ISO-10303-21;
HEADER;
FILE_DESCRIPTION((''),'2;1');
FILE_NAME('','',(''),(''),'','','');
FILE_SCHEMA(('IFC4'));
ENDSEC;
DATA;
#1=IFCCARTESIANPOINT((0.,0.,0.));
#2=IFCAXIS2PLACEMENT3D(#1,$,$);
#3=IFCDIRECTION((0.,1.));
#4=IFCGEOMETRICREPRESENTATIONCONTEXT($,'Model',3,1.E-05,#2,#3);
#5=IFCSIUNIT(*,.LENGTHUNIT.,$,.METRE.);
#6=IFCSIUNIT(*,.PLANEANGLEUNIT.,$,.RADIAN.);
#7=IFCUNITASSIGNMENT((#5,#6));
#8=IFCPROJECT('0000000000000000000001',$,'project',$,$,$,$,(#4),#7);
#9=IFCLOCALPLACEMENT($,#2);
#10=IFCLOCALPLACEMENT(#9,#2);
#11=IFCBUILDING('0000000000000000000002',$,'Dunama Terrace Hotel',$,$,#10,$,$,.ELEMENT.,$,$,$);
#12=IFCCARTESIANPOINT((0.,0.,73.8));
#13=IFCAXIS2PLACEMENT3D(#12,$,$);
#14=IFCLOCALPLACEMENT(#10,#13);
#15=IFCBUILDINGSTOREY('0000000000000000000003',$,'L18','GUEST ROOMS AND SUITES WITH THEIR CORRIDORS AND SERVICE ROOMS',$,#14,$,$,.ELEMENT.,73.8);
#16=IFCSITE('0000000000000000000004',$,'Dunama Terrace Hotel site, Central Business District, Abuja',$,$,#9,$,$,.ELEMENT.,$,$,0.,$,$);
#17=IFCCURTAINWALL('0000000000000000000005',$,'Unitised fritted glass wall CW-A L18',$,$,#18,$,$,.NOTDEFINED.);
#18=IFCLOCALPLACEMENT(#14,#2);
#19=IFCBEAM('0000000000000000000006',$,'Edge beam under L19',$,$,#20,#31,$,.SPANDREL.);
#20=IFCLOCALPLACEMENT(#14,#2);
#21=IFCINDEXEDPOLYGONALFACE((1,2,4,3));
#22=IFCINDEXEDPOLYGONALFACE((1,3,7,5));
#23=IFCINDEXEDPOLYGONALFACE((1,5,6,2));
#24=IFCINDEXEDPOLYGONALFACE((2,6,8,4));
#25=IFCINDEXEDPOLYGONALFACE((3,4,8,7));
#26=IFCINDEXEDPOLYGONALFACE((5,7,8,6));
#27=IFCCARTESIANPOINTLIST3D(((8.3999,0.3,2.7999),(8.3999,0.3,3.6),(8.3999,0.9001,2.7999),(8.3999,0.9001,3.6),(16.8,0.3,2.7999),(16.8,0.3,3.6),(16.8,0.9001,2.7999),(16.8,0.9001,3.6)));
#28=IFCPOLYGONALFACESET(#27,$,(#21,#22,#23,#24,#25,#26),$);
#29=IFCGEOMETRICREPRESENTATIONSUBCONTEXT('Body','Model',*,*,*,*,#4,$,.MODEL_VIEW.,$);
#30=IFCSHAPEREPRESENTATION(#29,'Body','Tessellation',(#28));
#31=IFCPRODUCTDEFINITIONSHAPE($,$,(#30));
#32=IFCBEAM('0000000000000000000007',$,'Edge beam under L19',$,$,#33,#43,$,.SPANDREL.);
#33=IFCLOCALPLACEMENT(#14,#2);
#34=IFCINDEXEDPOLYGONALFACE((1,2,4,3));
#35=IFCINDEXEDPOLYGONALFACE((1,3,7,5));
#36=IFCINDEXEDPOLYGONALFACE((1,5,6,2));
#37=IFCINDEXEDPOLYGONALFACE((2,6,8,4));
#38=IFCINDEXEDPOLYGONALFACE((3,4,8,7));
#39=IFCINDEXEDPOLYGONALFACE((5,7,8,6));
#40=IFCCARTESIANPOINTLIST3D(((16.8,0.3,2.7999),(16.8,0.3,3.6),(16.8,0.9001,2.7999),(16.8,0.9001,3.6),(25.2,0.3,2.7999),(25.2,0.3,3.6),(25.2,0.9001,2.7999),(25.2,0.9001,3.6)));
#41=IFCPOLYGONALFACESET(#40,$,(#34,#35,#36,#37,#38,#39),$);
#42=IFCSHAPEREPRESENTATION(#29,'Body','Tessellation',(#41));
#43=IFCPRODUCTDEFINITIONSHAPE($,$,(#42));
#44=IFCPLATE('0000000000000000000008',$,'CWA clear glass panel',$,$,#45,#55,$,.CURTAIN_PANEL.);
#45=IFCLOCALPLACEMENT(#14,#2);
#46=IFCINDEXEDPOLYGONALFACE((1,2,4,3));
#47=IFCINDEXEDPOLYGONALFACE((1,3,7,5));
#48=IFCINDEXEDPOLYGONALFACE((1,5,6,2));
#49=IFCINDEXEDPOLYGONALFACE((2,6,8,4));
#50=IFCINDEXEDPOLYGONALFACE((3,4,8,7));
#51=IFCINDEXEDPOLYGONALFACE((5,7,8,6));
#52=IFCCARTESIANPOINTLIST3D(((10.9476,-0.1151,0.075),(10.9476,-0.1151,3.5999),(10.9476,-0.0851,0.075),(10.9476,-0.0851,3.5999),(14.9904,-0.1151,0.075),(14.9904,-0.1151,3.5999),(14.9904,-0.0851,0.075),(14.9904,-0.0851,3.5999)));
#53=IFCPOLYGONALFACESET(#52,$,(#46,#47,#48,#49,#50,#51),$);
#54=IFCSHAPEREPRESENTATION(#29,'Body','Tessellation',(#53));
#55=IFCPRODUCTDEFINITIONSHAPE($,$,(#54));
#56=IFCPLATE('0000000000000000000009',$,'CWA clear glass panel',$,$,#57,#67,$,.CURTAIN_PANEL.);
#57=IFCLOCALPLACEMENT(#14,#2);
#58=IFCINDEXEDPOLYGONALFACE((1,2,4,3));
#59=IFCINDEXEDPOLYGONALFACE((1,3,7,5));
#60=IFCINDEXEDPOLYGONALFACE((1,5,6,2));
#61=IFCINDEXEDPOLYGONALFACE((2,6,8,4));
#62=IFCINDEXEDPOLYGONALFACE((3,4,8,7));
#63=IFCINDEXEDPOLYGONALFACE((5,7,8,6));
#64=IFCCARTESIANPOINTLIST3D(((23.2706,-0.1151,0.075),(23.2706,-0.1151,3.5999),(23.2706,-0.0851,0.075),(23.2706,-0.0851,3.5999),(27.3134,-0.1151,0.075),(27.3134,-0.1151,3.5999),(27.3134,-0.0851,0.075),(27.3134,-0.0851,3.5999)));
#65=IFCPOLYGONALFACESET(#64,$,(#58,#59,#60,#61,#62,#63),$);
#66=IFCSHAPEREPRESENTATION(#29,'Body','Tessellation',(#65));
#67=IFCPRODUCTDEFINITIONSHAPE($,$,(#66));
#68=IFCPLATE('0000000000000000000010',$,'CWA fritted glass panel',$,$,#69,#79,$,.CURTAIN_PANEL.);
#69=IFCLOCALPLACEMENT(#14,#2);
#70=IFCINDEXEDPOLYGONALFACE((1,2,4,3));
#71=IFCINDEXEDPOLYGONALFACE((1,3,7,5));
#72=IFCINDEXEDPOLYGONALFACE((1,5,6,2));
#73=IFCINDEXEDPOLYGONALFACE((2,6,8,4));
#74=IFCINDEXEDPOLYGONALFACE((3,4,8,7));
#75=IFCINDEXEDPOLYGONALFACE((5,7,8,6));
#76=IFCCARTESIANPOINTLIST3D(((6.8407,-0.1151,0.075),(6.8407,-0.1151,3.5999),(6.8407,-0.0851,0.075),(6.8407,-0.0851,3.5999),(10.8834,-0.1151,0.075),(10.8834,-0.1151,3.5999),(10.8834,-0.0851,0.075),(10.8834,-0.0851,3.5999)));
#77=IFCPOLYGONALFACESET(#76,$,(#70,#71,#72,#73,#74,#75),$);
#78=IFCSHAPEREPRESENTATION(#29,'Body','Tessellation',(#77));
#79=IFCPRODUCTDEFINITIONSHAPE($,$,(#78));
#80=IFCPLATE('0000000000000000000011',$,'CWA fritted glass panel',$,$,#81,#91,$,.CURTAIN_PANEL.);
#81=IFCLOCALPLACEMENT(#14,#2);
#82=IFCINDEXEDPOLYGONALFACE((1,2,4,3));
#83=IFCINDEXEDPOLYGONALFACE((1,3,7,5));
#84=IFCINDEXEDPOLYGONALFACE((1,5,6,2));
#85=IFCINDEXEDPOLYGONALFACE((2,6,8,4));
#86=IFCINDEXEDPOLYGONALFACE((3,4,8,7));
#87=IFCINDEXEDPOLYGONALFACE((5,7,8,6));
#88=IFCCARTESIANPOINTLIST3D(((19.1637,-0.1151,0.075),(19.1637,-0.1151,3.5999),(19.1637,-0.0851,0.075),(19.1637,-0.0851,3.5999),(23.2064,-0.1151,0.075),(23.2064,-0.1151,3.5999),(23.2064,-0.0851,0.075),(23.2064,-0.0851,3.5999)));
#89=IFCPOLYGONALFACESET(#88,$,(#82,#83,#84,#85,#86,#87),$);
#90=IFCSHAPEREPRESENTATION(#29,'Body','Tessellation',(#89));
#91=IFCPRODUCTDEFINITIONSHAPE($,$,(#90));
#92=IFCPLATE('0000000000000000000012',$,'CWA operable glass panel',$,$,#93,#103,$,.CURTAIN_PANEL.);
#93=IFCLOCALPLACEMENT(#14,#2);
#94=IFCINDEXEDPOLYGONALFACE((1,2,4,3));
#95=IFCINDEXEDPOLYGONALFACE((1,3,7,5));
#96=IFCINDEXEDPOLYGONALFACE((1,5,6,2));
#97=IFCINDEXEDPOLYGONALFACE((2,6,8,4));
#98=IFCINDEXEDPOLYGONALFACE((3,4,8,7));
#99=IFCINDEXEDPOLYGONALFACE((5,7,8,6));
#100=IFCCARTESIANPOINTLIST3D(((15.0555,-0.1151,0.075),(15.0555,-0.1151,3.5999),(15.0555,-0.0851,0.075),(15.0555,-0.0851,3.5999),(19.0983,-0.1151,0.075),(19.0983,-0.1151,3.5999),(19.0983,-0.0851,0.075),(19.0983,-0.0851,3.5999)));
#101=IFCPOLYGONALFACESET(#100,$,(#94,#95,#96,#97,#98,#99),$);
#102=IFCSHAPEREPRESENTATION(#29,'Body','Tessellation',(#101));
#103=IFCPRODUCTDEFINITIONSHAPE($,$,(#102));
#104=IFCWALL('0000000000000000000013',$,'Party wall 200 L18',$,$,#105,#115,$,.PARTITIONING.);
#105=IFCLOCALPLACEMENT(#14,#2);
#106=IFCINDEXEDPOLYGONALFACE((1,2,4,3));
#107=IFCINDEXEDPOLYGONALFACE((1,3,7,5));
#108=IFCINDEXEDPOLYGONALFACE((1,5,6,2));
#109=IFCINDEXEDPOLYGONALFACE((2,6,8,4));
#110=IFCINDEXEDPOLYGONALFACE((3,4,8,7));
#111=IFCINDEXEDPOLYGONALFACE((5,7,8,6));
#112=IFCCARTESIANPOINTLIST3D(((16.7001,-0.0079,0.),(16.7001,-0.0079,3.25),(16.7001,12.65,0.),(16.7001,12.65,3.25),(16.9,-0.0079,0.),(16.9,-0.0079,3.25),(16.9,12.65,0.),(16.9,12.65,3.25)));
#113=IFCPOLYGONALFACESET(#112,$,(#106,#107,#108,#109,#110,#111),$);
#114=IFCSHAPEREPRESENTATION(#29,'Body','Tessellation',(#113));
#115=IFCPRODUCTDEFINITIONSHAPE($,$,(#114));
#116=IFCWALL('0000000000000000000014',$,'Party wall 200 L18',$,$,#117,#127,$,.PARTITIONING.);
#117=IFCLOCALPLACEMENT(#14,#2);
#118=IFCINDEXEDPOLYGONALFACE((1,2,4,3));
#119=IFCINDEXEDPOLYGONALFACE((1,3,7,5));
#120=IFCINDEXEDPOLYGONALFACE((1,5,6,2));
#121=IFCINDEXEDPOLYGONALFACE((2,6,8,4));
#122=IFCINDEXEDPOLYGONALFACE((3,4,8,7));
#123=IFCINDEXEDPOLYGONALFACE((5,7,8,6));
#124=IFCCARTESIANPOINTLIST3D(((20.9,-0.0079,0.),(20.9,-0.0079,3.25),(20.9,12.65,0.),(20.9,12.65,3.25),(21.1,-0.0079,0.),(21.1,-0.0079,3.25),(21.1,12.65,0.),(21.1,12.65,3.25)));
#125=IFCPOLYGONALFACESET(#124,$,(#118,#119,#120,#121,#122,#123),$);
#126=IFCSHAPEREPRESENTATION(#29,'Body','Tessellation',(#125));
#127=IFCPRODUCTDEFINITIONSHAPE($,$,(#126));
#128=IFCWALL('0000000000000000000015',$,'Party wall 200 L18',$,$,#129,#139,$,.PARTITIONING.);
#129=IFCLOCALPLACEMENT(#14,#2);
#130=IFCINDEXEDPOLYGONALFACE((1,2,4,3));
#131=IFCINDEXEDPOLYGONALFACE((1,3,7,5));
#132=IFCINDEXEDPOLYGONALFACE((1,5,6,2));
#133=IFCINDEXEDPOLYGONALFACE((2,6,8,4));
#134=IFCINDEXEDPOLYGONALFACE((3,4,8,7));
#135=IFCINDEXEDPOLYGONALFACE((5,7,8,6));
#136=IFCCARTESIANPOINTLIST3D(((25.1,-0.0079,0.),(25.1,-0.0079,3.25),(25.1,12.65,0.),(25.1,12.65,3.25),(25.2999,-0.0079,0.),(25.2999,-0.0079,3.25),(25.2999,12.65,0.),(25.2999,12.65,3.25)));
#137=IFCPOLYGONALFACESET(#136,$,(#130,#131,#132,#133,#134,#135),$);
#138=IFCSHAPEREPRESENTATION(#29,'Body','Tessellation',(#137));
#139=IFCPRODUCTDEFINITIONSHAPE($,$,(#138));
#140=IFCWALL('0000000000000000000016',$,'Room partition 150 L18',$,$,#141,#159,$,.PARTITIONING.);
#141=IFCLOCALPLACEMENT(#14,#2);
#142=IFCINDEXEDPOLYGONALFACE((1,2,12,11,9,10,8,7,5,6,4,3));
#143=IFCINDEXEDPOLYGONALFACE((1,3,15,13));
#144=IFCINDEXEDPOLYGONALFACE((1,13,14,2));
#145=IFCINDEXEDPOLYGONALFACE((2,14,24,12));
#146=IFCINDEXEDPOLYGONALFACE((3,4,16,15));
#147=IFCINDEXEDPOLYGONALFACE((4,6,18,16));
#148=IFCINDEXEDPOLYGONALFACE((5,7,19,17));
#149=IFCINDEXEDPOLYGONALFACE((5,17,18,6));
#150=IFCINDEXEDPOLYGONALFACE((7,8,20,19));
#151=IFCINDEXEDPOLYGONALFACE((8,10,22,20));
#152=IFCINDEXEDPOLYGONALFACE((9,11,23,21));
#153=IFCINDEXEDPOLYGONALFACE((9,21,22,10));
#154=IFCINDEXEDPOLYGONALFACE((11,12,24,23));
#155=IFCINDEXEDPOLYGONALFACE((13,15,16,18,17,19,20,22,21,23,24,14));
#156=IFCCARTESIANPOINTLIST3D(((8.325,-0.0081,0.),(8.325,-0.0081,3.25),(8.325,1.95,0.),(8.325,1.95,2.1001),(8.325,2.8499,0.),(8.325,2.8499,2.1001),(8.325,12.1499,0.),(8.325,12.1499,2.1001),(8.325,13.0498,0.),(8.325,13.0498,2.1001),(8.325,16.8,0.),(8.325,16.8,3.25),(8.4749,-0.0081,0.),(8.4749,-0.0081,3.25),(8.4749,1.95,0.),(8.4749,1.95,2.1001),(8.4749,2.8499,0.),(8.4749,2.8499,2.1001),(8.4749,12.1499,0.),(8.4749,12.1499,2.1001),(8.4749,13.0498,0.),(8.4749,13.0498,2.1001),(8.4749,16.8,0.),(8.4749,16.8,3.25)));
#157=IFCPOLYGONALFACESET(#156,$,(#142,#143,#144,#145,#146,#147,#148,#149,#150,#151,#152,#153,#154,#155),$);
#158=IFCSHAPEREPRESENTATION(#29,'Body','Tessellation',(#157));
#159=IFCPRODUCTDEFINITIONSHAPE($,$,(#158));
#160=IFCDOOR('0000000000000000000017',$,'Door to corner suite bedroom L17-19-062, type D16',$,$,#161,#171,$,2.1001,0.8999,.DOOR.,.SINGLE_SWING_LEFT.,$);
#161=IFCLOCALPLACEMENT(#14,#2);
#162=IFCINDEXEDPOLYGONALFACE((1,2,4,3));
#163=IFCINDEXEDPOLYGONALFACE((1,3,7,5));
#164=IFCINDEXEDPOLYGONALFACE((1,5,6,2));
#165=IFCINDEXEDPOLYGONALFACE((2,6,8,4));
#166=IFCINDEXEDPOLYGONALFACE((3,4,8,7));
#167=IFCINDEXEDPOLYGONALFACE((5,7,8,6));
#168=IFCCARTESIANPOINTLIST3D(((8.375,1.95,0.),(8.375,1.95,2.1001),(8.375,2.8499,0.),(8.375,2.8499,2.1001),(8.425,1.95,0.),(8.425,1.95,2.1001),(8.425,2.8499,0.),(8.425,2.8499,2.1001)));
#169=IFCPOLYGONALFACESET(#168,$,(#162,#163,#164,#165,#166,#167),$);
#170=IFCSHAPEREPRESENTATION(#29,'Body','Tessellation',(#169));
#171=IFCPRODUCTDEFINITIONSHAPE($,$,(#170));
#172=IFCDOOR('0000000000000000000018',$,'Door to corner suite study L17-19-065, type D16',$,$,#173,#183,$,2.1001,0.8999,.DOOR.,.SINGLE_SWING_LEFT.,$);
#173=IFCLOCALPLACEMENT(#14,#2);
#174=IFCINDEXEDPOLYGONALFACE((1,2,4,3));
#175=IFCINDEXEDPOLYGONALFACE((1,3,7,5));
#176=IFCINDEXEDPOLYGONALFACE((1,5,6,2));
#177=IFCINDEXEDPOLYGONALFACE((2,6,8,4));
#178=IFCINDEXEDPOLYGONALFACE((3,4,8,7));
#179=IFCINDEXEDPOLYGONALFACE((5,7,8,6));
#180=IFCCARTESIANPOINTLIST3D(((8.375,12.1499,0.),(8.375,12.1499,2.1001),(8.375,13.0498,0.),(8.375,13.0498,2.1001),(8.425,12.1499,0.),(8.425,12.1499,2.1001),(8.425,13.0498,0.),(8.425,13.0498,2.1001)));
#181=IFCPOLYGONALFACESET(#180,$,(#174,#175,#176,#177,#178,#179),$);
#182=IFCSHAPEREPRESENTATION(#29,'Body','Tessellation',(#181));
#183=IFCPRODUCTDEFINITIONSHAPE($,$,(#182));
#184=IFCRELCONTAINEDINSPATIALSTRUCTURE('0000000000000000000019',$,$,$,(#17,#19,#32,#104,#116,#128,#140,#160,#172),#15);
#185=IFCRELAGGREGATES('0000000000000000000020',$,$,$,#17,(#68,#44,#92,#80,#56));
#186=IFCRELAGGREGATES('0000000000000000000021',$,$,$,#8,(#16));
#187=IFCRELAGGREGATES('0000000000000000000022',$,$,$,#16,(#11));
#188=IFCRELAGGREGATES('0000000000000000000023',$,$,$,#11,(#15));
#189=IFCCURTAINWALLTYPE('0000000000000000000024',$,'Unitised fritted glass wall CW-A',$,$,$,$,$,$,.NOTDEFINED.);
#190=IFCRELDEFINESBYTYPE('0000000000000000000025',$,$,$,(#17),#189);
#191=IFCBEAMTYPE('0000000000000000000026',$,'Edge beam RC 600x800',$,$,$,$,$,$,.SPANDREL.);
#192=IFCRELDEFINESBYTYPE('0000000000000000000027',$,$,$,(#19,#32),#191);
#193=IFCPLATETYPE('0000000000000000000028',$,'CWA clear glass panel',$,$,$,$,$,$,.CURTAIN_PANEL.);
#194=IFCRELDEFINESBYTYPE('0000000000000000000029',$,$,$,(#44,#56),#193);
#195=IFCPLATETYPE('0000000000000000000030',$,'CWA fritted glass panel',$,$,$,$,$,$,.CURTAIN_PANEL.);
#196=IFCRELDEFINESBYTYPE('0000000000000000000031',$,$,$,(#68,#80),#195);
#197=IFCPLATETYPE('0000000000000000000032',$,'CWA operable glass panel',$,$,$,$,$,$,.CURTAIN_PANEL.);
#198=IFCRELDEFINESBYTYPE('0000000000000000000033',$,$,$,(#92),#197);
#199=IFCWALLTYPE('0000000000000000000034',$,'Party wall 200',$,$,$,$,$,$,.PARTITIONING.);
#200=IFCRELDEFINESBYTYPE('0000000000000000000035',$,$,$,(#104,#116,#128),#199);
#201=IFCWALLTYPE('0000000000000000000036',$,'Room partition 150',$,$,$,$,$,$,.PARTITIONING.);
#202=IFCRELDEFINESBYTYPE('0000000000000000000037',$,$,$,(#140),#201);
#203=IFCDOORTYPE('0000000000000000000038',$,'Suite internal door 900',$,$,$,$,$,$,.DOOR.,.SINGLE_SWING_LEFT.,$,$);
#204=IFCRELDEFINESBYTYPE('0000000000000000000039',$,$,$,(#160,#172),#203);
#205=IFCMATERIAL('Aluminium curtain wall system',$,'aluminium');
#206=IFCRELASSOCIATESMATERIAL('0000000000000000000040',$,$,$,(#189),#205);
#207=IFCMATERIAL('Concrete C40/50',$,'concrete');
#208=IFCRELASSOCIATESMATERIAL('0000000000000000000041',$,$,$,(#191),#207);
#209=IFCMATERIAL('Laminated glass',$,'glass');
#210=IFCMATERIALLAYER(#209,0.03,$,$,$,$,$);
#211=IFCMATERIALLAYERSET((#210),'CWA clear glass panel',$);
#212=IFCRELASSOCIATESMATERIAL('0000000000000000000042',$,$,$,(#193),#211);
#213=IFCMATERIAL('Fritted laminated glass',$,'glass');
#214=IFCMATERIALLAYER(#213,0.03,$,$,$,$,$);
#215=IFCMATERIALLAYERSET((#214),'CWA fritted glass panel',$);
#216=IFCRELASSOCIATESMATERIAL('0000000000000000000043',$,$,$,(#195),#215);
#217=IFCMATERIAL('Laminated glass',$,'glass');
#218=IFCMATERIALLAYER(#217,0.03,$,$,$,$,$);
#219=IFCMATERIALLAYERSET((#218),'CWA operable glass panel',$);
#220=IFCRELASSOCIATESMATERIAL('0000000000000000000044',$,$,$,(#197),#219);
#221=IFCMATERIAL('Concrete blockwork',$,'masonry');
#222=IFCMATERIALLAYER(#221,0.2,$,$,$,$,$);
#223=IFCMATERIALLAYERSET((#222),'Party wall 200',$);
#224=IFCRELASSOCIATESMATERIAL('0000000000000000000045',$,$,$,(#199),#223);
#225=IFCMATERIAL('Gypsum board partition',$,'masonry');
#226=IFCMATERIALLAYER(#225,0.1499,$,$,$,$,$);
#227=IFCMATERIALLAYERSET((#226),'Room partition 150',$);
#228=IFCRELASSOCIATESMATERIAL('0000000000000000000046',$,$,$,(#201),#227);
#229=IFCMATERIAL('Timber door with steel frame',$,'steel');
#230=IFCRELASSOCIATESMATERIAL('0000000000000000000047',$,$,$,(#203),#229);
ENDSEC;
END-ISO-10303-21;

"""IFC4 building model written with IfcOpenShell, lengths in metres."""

from ifc_helpers import new_model, si_unit, direction, frame, frame_2d, origin, origin_2d, place, context, subcontext, project, spatial, rectangle, extrude, material, layer, layer_set, material_profile, profile_set, type_object, element, fill, aggregate, save


model = new_model("IFC4")

# Units and contexts
model_context = context("Model", 3, precision=1e-05, world=origin(), true_north=direction((0.0, 1.0)))
body_context = subcontext(model_context, "Body", "Model", "MODEL_VIEW")
ifc_project = project(units=[si_unit("LENGTHUNIT", "METRE"), si_unit("PLANEANGLEUNIT", "RADIAN")], contexts=[model_context])

# Site, building, storey
site_placement = place(None, origin())
site = spatial("IfcSite", under=ifc_project, at=site_placement, Name="Dunama Terrace Hotel site, Central Business District, Abuja", CompositionType="ELEMENT", RefElevation=0.0)
building_placement = place(site_placement, origin())
building = spatial("IfcBuilding", under=site, at=building_placement, Name="Dunama Terrace Hotel", CompositionType="ELEMENT")
storey_placement = place(building_placement, frame((0.0, 0.0, 73.8)))
storey = spatial("IfcBuildingStorey", under=building, at=storey_placement, Name="L18", Description="GUEST ROOMS AND SUITES WITH THEIR CORRIDORS AND SERVICE ROOMS", CompositionType="ELEMENT", Elevation=73.8)

# Curtain wall
ifc_material_1 = material(Name="Aluminium curtain wall system", Category="aluminium")
curtain_wall_type = type_object("IfcCurtainWallType", Name="Unitised fritted glass wall CW-A", PredefinedType="NOTDEFINED", material=ifc_material_1)
curtain_wall_placement = place(storey_placement, origin())
curtain_wall = element("IfcCurtainWall", 1, at=curtain_wall_placement, inside=storey, type_object=curtain_wall_type, Name="Unitised fritted glass wall CW-A L18", PredefinedType="NOTDEFINED")

# Beams
ifc_material_2 = material(Name="Concrete C40/50", Category="concrete")
ifc_material_profile_1 = material_profile(ifc_material_2, rectangle(XDim=0.6001, YDim=0.8, at=origin_2d()), Name="RC 600x800")
ifc_profile_set_1 = profile_set([ifc_material_profile_1], Name="Concrete C40/50")
beam_type_1 = type_object("IfcBeamType", Name="Edge beam RC 600x800", PredefinedType="SPANDREL", material=ifc_profile_set_1)
beam_1_placement = place(storey_placement, frame((8.3999, 0.6001, 3.2), z_axis=(1.0, 0.0, 0.0), x_axis=(0.0, 1.0, 0.0)))
element("IfcBeam", 2, at=beam_1_placement, inside=storey, type_object=beam_type_1, Name="Edge beam under L19", PredefinedType="SPANDREL", context=body_context, shape_type="SweptSolid", body=[
    extrude(rectangle(XDim=0.6001, YDim=0.8, at=origin_2d()), origin(), (0.0, 0.0, 1.0), 8.4001),
])
beam_2_placement = place(storey_placement, frame((16.8, 0.6001, 3.2), z_axis=(1.0, 0.0, 0.0), x_axis=(0.0, 1.0, 0.0)))
element("IfcBeam", 3, at=beam_2_placement, inside=storey, type_object=beam_type_1, Name="Edge beam under L19", PredefinedType="SPANDREL", context=body_context, shape_type="SweptSolid", body=[
    extrude(rectangle(XDim=0.6001, YDim=0.8, at=origin_2d()), origin(), (0.0, 0.0, 1.0), 8.3999),
])

# Plates
ifc_material_3 = material(Name="Laminated glass", Category="glass")
ifc_layer_1 = layer(ifc_material_3, 0.03)
ifc_layer_set_1 = layer_set([ifc_layer_1], Name="CWA clear glass panel")
plate_type_1 = type_object("IfcPlateType", Name="CWA clear glass panel", PredefinedType="CURTAIN_PANEL", material=ifc_layer_set_1)
plate_1_placement = place(storey_placement, frame((12.969, -0.1001, 0.075), z_axis=(0.0, 0.0, 1.0), x_axis=(1.0, 0.0, 0.0)))
plate_1 = element("IfcPlate", 4, at=plate_1_placement, type_object=plate_type_1, Name="CWA clear glass panel", PredefinedType="CURTAIN_PANEL", context=body_context, shape_type="SweptSolid", body=[
    extrude(rectangle(XDim=4.0427, YDim=0.03, at=origin_2d()), origin(), (0.0, 0.0, 1.0), 3.5249),
])
plate_2_placement = place(storey_placement, frame((25.292, -0.1001, 0.075), z_axis=(0.0, 0.0, 1.0), x_axis=(1.0, 0.0, 0.0)))
plate_2 = element("IfcPlate", 5, at=plate_2_placement, type_object=plate_type_1, Name="CWA clear glass panel", PredefinedType="CURTAIN_PANEL", context=body_context, shape_type="SweptSolid", body=[
    extrude(rectangle(XDim=4.0427, YDim=0.03, at=origin_2d()), origin(), (0.0, 0.0, 1.0), 3.5249),
])
ifc_material_4 = material(Name="Fritted laminated glass", Category="glass")
ifc_layer_2 = layer(ifc_material_4, 0.03)
ifc_layer_set_2 = layer_set([ifc_layer_2], Name="CWA fritted glass panel")
plate_type_2 = type_object("IfcPlateType", Name="CWA fritted glass panel", PredefinedType="CURTAIN_PANEL", material=ifc_layer_set_2)
plate_3_placement = place(storey_placement, frame((8.8621, -0.1001, 0.075), z_axis=(0.0, 0.0, 1.0), x_axis=(1.0, 0.0, 0.0)))
plate_3 = element("IfcPlate", 6, at=plate_3_placement, type_object=plate_type_2, Name="CWA fritted glass panel", PredefinedType="CURTAIN_PANEL", context=body_context, shape_type="SweptSolid", body=[
    extrude(rectangle(XDim=4.0427, YDim=0.03, at=origin_2d()), origin(), (0.0, 0.0, 1.0), 3.5249),
])
plate_4_placement = place(storey_placement, frame((21.1851, -0.1001, 0.075), z_axis=(0.0, 0.0, 1.0), x_axis=(1.0, 0.0, 0.0)))
plate_4 = element("IfcPlate", 7, at=plate_4_placement, type_object=plate_type_2, Name="CWA fritted glass panel", PredefinedType="CURTAIN_PANEL", context=body_context, shape_type="SweptSolid", body=[
    extrude(rectangle(XDim=4.0427, YDim=0.03, at=origin_2d()), origin(), (0.0, 0.0, 1.0), 3.5249),
])
ifc_material_5 = material(Name="Laminated glass", Category="glass")
ifc_layer_3 = layer(ifc_material_5, 0.03)
ifc_layer_set_3 = layer_set([ifc_layer_3], Name="CWA operable glass panel")
plate_type_3 = type_object("IfcPlateType", Name="CWA operable glass panel", PredefinedType="CURTAIN_PANEL", material=ifc_layer_set_3)
plate_5_placement = place(storey_placement, frame((17.0769, -0.1001, 0.075), z_axis=(0.0, 0.0, 1.0), x_axis=(1.0, 0.0, 0.0)))
plate_5 = element("IfcPlate", 8, at=plate_5_placement, type_object=plate_type_3, Name="CWA operable glass panel", PredefinedType="CURTAIN_PANEL", context=body_context, shape_type="SweptSolid", body=[
    extrude(rectangle(XDim=4.0427, YDim=0.03, at=origin_2d()), origin(), (0.0, 0.0, 1.0), 3.5249),
])
aggregate(curtain_wall, [plate_3, plate_1, plate_5, plate_4, plate_2])

# Walls
ifc_material_6 = material(Name="Concrete blockwork", Category="masonry")
ifc_layer_4 = layer(ifc_material_6, 0.2)
ifc_layer_set_4 = layer_set([ifc_layer_4], Name="Party wall 200")
wall_type_1 = type_object("IfcWallType", Name="Party wall 200", PredefinedType="PARTITIONING", material=ifc_layer_set_4)
for number, where, z_axis, x_axis, name in (
    (9, (16.8, -0.0081, 0.0), (0.0, 0.0, 1.0), (0.0, 1.0, 0.0), "Party wall 200 L18"),
    (10, (21.0, -0.0081, 0.0), (0.0, 0.0, 1.0), (0.0, 1.0, 0.0), "Party wall 200 L18"),
    (11, (25.2, -0.0081, 0.0), (0.0, 0.0, 1.0), (0.0, 1.0, 0.0), "Party wall 200 L18"),
):
    element("IfcWall", number, at=place(storey_placement, frame(where, z_axis=z_axis, x_axis=x_axis)), inside=storey, type_object=wall_type_1, Name=name, PredefinedType="PARTITIONING", context=body_context, shape_type="SweptSolid", body=[
        extrude(rectangle(XDim=12.658, YDim=0.2, at=frame_2d((6.3291, 0.0))), origin(), (0.0, 0.0, 1.0), 3.25),
    ])

# Wall, openings, doors
ifc_material_7 = material(Name="Gypsum board partition", Category="masonry")
ifc_layer_5 = layer(ifc_material_7, 0.1499)
ifc_layer_set_5 = layer_set([ifc_layer_5], Name="Room partition 150")
wall_type_2 = type_object("IfcWallType", Name="Room partition 150", PredefinedType="PARTITIONING", material=ifc_layer_set_5)
wall_placement = place(storey_placement, frame((8.3999, -0.0081, 0.0), z_axis=(0.0, 0.0, 1.0), x_axis=(0.0, 1.0, 0.0)))
wall = element("IfcWall", 12, at=wall_placement, inside=storey, type_object=wall_type_2, Name="Room partition 150 L18", PredefinedType="PARTITIONING", context=body_context, shape_type="SweptSolid", body=[
    extrude(rectangle(XDim=16.8081, YDim=0.1499, at=frame_2d((8.4041, 0.0))), origin(), (0.0, 0.0, 1.0), 3.25),
])
opening_1_placement = place(wall_placement, frame((1.958, 0.0, 0.0)))
opening_1 = element("IfcOpeningElement", 13, at=opening_1_placement, cuts=wall, PredefinedType="OPENING", context=body_context, shape_type="SweptSolid", body=[
    extrude(rectangle(XDim=0.8999, YDim=2.1001, at=frame_2d((0.45, 1.05))), frame((0.0, 0.085, 0.0), z_axis=(0.0, -1.0, 0.0), x_axis=(1.0, 0.0, 0.0)), (0.0, 0.0, 1.0), 0.1699),
])
opening_2_placement = place(wall_placement, frame((12.158, 0.0, 0.0)))
opening_2 = element("IfcOpeningElement", 14, at=opening_2_placement, cuts=wall, PredefinedType="OPENING", context=body_context, shape_type="SweptSolid", body=[
    extrude(rectangle(XDim=0.8999, YDim=2.1001, at=frame_2d((0.45, 1.05))), frame((0.0, 0.085, 0.0), z_axis=(0.0, -1.0, 0.0), x_axis=(1.0, 0.0, 0.0)), (0.0, 0.0, 1.0), 0.1699),
])
ifc_material_8 = material(Name="Timber door with steel frame", Category="steel")
door_type = type_object("IfcDoorType", Name="Suite internal door 900", OperationType="SINGLE_SWING_LEFT", PredefinedType="DOOR", material=ifc_material_8)
door_1_placement = place(opening_1_placement, origin())
door_1 = element("IfcDoor", 15, at=door_1_placement, inside=storey, type_object=door_type, Name="Door to corner suite bedroom L17-19-062, type D16", OperationType="SINGLE_SWING_LEFT", OverallHeight=2.1001, OverallWidth=0.8999, PredefinedType="DOOR", context=body_context, shape_type="SweptSolid", body=[
    extrude(rectangle(XDim=0.8999, YDim=2.1001, at=frame_2d((0.45, 1.05))), frame((0.0, 0.0249, 0.0), z_axis=(0.0, -1.0, 0.0), x_axis=(1.0, 0.0, 0.0)), (0.0, 0.0, 1.0), 0.05),
])
fill(opening_1, door_1)
door_2_placement = place(opening_2_placement, origin())
door_2 = element("IfcDoor", 16, at=door_2_placement, inside=storey, type_object=door_type, Name="Door to corner suite study L17-19-065, type D16", OperationType="SINGLE_SWING_LEFT", OverallHeight=2.1001, OverallWidth=0.8999, PredefinedType="DOOR", context=body_context, shape_type="SweptSolid", body=[
    extrude(rectangle(XDim=0.8999, YDim=2.1001, at=frame_2d((0.45, 1.05))), frame((0.0, 0.0249, 0.0), z_axis=(0.0, -1.0, 0.0), x_axis=(1.0, 0.0, 0.0)), (0.0, 0.0, 1.0), 0.05),
])
fill(opening_2, door_2)

save(model, "model.ifc")
